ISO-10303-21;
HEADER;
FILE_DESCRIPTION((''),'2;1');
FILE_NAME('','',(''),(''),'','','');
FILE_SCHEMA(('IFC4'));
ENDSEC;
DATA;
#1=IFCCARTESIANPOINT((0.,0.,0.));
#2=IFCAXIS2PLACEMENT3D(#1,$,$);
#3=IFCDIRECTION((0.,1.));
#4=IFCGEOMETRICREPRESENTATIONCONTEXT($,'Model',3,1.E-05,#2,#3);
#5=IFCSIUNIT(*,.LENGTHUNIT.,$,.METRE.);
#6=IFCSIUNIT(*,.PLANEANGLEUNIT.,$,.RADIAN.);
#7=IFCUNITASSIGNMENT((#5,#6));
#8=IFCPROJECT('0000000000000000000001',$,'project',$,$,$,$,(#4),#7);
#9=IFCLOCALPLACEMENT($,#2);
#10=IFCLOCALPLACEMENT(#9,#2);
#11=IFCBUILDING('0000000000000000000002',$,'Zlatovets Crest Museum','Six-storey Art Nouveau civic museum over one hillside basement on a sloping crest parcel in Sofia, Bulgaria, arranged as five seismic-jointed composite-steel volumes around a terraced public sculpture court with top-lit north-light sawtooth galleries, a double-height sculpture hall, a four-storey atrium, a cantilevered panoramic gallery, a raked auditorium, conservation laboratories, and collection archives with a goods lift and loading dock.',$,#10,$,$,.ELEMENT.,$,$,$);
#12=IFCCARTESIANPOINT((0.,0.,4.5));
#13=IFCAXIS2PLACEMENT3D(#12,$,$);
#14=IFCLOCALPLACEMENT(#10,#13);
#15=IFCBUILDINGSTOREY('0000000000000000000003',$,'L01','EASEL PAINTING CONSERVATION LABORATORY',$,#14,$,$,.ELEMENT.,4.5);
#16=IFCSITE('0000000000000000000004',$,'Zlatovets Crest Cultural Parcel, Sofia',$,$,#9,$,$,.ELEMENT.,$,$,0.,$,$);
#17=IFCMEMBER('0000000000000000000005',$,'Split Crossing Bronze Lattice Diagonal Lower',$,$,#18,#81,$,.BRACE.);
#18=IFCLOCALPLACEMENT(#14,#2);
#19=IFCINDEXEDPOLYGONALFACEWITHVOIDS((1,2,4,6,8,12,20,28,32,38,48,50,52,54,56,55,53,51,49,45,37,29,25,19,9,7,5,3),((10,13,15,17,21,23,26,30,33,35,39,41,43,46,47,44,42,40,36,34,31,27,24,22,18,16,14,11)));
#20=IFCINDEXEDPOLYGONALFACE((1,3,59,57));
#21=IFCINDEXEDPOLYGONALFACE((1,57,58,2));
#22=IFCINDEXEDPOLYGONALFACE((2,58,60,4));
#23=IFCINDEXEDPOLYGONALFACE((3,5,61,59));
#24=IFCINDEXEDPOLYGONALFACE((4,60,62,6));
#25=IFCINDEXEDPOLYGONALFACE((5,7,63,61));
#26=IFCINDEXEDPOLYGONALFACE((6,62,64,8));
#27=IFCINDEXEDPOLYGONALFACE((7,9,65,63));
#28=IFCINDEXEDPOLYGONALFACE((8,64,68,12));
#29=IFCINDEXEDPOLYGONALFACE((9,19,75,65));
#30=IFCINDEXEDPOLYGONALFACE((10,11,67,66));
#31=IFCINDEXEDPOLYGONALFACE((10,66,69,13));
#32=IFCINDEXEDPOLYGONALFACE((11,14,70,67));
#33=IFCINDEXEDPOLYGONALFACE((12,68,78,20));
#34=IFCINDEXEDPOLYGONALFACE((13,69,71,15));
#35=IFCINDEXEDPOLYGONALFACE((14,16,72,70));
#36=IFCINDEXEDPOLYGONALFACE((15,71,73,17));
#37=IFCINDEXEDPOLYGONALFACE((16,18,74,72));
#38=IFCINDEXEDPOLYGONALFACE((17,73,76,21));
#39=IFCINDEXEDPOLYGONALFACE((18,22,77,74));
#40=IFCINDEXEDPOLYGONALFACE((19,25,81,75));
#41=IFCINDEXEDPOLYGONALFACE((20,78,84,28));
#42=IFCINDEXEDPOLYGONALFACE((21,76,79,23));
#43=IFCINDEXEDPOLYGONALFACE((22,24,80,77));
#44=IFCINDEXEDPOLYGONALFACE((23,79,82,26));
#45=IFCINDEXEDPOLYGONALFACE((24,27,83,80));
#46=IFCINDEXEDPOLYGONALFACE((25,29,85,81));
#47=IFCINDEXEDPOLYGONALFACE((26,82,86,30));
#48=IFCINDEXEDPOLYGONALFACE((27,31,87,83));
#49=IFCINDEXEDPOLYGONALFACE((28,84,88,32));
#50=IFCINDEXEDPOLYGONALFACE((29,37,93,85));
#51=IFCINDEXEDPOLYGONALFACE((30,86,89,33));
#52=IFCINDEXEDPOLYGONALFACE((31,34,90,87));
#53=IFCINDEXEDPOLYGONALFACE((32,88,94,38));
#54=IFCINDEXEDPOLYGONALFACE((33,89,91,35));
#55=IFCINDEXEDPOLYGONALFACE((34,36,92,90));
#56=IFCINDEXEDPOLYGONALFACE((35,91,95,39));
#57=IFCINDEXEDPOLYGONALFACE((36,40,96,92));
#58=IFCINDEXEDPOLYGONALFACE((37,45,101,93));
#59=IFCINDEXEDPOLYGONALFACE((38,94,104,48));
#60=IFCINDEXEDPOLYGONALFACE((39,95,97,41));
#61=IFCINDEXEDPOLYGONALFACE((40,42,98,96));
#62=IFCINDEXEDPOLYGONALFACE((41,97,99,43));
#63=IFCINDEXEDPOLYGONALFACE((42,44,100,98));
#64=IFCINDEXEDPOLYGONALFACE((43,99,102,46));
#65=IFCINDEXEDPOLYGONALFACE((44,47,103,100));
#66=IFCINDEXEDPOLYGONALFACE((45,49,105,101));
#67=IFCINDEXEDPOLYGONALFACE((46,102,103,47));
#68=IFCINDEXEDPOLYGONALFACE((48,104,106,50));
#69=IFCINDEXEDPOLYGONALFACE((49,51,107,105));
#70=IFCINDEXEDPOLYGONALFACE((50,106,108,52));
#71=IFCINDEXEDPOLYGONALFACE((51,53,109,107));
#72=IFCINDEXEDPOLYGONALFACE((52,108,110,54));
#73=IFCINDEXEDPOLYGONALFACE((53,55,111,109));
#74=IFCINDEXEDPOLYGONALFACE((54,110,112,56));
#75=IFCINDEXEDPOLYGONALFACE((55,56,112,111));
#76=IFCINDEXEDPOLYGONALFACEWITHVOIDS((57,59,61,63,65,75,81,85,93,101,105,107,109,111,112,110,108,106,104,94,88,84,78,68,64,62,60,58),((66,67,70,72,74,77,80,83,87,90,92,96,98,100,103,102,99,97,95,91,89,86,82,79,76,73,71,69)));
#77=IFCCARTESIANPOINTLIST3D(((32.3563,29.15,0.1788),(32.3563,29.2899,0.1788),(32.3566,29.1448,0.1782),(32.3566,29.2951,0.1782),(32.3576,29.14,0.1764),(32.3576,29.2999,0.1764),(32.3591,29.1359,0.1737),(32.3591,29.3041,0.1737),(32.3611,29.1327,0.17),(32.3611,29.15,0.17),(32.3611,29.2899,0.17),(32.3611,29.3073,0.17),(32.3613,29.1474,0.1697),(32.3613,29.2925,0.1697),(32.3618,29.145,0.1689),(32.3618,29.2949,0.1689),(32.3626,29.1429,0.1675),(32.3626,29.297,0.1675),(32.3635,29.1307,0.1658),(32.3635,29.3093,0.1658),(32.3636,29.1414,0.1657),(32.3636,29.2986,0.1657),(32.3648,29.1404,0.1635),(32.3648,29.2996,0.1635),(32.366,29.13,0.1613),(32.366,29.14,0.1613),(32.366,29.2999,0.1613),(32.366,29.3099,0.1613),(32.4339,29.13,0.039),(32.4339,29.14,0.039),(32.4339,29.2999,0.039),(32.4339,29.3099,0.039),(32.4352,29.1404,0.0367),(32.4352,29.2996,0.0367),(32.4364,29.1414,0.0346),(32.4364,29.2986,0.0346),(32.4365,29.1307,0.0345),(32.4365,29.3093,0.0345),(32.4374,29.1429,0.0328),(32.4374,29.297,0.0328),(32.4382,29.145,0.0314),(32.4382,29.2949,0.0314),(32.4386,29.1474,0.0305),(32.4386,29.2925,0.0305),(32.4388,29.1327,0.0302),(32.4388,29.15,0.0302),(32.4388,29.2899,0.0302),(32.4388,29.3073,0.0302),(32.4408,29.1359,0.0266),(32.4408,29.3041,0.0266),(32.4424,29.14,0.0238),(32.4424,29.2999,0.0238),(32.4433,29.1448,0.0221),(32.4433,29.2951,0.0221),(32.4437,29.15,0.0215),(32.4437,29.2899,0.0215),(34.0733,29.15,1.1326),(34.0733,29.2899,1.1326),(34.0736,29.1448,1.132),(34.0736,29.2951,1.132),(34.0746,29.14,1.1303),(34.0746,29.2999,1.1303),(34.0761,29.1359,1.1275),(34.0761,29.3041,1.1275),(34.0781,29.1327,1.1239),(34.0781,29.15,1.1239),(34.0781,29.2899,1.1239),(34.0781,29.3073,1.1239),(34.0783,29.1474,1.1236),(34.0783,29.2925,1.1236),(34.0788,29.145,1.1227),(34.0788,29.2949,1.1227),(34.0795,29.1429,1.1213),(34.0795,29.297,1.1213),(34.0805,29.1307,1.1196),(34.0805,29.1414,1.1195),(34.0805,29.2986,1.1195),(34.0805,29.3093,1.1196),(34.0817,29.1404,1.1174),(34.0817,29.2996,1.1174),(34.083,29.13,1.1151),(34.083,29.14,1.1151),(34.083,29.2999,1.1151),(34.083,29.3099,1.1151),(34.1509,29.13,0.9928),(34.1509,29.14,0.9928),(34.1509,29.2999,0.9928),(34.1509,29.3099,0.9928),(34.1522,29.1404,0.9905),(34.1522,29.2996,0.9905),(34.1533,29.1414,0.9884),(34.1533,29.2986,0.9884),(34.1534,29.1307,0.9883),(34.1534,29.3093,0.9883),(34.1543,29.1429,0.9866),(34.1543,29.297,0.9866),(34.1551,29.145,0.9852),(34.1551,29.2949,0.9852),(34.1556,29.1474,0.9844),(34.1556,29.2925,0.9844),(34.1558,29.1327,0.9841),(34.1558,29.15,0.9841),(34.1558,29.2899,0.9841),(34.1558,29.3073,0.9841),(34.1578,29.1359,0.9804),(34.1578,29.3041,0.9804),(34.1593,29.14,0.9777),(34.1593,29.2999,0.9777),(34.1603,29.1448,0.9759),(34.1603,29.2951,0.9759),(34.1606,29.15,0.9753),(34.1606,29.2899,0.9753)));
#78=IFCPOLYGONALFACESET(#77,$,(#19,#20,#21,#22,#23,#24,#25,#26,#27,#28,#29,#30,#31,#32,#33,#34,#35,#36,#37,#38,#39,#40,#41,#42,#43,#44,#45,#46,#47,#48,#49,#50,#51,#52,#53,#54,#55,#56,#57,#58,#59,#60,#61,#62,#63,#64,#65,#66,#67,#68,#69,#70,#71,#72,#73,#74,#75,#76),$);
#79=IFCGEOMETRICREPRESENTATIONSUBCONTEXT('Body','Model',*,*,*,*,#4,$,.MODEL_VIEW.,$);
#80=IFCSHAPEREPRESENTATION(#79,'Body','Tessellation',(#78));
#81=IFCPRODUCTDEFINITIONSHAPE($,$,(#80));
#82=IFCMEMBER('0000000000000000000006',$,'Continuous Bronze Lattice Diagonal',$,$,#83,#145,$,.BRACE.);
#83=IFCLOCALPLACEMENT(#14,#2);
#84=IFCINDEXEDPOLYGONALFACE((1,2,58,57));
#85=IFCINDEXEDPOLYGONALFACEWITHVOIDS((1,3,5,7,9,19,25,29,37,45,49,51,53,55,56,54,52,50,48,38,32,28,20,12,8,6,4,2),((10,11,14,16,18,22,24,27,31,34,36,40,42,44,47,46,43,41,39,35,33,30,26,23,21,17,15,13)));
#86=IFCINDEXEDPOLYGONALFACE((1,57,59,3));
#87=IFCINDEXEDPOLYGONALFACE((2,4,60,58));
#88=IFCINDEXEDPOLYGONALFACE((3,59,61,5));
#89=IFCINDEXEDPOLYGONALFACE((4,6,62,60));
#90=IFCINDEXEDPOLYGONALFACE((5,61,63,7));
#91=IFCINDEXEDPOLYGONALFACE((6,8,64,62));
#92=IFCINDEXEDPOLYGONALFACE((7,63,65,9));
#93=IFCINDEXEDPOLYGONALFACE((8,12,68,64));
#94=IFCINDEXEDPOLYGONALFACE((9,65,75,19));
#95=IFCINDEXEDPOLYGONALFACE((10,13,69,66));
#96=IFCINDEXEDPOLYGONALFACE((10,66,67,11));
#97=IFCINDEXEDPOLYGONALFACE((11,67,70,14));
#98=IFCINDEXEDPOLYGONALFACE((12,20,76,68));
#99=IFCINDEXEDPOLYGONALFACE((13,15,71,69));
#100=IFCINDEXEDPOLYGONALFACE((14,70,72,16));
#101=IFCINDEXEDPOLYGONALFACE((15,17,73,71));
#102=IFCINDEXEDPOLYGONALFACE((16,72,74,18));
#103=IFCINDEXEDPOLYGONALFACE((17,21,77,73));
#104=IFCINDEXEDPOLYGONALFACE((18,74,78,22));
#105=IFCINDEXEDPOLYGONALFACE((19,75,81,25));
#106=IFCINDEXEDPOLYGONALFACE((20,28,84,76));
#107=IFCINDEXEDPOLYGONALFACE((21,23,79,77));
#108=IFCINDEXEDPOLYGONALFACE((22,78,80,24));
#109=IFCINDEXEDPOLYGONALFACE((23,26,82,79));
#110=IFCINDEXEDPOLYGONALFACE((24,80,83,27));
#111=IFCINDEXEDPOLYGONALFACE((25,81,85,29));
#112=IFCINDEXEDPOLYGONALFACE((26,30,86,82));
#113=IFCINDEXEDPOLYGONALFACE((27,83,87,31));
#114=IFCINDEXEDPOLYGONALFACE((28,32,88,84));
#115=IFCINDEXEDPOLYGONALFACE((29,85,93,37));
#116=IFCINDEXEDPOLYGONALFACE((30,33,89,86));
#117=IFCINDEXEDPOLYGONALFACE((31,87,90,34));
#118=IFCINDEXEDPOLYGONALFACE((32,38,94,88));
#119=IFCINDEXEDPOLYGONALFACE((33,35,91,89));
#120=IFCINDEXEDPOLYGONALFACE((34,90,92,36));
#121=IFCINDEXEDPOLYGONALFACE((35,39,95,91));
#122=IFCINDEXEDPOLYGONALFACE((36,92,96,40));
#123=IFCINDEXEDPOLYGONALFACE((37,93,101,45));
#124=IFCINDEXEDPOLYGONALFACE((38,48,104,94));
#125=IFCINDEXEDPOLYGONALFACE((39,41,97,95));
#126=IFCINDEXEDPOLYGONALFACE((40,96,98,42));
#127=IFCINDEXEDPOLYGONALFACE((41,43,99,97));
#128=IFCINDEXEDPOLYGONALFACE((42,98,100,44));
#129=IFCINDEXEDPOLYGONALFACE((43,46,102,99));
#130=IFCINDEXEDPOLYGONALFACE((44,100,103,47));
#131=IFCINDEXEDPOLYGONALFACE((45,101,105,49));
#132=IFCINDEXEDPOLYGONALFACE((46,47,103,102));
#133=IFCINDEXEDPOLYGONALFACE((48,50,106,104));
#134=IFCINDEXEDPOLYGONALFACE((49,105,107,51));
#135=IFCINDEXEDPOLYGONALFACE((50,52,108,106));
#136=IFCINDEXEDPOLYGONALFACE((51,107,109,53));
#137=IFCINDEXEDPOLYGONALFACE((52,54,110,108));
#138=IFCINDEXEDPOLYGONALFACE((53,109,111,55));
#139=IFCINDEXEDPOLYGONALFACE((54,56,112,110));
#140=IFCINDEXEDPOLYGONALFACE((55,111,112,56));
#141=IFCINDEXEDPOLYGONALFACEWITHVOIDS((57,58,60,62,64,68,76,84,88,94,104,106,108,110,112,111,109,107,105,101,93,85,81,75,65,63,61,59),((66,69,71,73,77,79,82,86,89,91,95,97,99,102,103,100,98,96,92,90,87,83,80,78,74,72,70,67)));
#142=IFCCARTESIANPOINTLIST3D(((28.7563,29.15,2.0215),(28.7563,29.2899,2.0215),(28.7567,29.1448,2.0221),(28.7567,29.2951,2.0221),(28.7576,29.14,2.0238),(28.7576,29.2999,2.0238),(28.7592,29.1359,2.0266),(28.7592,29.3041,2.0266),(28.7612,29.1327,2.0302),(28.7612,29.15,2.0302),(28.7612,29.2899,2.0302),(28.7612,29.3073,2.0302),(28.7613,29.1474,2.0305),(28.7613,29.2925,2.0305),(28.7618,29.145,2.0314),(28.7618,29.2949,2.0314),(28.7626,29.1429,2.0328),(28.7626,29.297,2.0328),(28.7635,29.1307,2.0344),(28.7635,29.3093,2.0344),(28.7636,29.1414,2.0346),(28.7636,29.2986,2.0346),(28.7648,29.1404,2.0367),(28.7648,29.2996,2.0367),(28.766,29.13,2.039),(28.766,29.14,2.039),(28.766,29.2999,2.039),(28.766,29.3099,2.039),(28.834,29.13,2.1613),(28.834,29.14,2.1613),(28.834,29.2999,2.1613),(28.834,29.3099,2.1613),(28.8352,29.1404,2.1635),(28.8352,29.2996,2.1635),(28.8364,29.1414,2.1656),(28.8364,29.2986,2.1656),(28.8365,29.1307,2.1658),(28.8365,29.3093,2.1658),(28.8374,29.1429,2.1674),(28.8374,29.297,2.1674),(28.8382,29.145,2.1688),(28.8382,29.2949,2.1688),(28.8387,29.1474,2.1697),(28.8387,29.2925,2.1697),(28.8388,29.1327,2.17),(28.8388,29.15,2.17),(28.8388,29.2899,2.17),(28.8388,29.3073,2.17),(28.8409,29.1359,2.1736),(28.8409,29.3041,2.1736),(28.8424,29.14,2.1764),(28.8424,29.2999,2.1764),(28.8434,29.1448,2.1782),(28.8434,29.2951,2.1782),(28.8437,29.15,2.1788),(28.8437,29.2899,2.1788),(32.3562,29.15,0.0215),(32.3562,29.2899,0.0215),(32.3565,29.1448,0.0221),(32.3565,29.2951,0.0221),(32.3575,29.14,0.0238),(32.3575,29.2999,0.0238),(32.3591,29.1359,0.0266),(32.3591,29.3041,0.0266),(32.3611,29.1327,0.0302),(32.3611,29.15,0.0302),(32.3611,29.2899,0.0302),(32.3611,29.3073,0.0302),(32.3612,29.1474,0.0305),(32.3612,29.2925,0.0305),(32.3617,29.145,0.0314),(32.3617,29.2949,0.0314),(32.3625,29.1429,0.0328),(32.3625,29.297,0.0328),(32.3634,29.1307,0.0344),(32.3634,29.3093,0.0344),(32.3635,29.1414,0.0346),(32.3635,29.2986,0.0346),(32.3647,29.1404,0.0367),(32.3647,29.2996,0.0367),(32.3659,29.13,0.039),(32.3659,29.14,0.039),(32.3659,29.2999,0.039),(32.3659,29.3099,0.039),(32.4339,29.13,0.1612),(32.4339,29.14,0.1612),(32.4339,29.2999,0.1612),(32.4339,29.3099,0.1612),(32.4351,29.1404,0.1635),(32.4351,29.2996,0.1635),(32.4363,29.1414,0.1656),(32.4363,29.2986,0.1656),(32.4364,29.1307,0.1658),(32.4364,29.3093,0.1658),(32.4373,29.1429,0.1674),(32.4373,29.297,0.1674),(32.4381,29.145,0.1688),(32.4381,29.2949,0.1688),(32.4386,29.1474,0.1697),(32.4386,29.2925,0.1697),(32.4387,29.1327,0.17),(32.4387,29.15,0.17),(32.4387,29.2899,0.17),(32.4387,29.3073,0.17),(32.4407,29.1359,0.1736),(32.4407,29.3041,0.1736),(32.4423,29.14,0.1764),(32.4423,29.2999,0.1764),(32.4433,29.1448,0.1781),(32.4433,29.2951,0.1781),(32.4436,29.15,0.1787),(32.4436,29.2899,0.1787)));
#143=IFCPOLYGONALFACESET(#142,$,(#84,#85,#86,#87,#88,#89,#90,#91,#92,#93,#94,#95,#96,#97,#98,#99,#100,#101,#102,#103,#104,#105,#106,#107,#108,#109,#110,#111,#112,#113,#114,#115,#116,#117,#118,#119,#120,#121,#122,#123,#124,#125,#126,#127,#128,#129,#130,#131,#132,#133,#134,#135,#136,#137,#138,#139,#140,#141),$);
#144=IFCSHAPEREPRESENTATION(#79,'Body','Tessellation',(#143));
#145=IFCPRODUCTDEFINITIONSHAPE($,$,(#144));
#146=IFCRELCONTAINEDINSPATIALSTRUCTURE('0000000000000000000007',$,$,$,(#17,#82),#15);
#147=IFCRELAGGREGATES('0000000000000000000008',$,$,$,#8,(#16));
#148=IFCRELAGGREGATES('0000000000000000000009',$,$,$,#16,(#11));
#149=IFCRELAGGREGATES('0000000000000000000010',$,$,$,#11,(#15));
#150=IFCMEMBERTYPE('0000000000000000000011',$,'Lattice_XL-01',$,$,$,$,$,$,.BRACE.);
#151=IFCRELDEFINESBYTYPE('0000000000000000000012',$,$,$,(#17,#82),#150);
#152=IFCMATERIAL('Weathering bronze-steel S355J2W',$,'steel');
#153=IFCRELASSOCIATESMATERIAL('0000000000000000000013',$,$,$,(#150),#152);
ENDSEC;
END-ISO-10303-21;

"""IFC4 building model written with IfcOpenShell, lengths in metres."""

from ifc_helpers import new_model, si_unit, direction, frame, origin, origin_2d, place, context, subcontext, project, spatial, hollow_rectangle, extrude, material, material_profile, profile_set, type_object, element, save


model = new_model("IFC4")

# Units and contexts
model_context = context("Model", 3, precision=1e-05, world=origin(), true_north=direction((0.0, 1.0)))
body_context = subcontext(model_context, "Body", "Model", "MODEL_VIEW")
ifc_project = project(units=[si_unit("LENGTHUNIT", "METRE"), si_unit("PLANEANGLEUNIT", "RADIAN")], contexts=[model_context])

# Site, building, storey
site_placement = place(None, origin())
site = spatial("IfcSite", under=ifc_project, at=site_placement, Name="Zlatovets Crest Cultural Parcel, Sofia", CompositionType="ELEMENT", RefElevation=0.0)
building_placement = place(site_placement, origin())
building = spatial("IfcBuilding", under=site, at=building_placement, Name="Zlatovets Crest Museum", Description="Six-storey Art Nouveau civic museum over one hillside basement on a sloping crest parcel in Sofia, Bulgaria, arranged as five seismic-jointed composite-steel volumes around a terraced public sculpture court with top-lit north-light sawtooth galleries, a double-height sculpture hall, a four-storey atrium, a cantilevered panoramic gallery, a raked auditorium, conservation laboratories, and collection archives with a goods lift and loading dock.", CompositionType="ELEMENT")
storey_placement = place(building_placement, frame((0.0, 0.0, 4.5)))
storey = spatial("IfcBuildingStorey", under=building, at=storey_placement, Name="L01", Description="EASEL PAINTING CONSERVATION LABORATORY", CompositionType="ELEMENT", Elevation=4.5)

# Members
ifc_material_1 = material(Name="Weathering bronze-steel S355J2W", Category="steel")
ifc_material_profile_1 = material_profile(ifc_material_1, hollow_rectangle(XDim=0.1799, YDim=0.1799, WallThickness=0.01, InnerFilletRadius=0.01, OuterFilletRadius=0.02, at=origin_2d()), Name="SHS 180x180x10.0")
ifc_profile_set_1 = profile_set([ifc_material_profile_1], Name="Weathering bronze-steel S355J2W")
member_type_1 = type_object("IfcMemberType", Name="Lattice_XL-01", PredefinedType="BRACE", material=ifc_profile_set_1)
member_1_placement = place(storey_placement, frame((34.1169, 29.22, 1.054), z_axis=(-0.874169, 0.0, -0.485622), x_axis=(0.0, -1.0, 0.0)))
element("IfcMember", 1, at=member_1_placement, inside=storey, type_object=member_type_1, Name="Split Crossing Bronze Lattice Diagonal Lower", PredefinedType="BRACE", context=body_context, shape_type="SweptSolid", body=[
    extrude(hollow_rectangle(XDim=0.1799, YDim=0.1799, WallThickness=0.01, InnerFilletRadius=0.01, OuterFilletRadius=0.02, at=origin_2d()), origin(), (0.0, 0.0, 1.0), 1.9641),
])
member_2_placement = place(storey_placement, frame((32.3999, 29.22, 0.1001), z_axis=(-0.874149, 0.0, 0.485658), x_axis=(0.0, -1.0, 0.0)))
element("IfcMember", 2, at=member_2_placement, inside=storey, type_object=member_type_1, Name="Continuous Bronze Lattice Diagonal", PredefinedType="BRACE", context=body_context, shape_type="SweptSolid", body=[
    extrude(hollow_rectangle(XDim=0.1799, YDim=0.1799, WallThickness=0.01, InnerFilletRadius=0.01, OuterFilletRadius=0.02, at=origin_2d()), origin(), (0.0, 0.0, 1.0), 4.1182),
])

save(model, "model.ifc")
